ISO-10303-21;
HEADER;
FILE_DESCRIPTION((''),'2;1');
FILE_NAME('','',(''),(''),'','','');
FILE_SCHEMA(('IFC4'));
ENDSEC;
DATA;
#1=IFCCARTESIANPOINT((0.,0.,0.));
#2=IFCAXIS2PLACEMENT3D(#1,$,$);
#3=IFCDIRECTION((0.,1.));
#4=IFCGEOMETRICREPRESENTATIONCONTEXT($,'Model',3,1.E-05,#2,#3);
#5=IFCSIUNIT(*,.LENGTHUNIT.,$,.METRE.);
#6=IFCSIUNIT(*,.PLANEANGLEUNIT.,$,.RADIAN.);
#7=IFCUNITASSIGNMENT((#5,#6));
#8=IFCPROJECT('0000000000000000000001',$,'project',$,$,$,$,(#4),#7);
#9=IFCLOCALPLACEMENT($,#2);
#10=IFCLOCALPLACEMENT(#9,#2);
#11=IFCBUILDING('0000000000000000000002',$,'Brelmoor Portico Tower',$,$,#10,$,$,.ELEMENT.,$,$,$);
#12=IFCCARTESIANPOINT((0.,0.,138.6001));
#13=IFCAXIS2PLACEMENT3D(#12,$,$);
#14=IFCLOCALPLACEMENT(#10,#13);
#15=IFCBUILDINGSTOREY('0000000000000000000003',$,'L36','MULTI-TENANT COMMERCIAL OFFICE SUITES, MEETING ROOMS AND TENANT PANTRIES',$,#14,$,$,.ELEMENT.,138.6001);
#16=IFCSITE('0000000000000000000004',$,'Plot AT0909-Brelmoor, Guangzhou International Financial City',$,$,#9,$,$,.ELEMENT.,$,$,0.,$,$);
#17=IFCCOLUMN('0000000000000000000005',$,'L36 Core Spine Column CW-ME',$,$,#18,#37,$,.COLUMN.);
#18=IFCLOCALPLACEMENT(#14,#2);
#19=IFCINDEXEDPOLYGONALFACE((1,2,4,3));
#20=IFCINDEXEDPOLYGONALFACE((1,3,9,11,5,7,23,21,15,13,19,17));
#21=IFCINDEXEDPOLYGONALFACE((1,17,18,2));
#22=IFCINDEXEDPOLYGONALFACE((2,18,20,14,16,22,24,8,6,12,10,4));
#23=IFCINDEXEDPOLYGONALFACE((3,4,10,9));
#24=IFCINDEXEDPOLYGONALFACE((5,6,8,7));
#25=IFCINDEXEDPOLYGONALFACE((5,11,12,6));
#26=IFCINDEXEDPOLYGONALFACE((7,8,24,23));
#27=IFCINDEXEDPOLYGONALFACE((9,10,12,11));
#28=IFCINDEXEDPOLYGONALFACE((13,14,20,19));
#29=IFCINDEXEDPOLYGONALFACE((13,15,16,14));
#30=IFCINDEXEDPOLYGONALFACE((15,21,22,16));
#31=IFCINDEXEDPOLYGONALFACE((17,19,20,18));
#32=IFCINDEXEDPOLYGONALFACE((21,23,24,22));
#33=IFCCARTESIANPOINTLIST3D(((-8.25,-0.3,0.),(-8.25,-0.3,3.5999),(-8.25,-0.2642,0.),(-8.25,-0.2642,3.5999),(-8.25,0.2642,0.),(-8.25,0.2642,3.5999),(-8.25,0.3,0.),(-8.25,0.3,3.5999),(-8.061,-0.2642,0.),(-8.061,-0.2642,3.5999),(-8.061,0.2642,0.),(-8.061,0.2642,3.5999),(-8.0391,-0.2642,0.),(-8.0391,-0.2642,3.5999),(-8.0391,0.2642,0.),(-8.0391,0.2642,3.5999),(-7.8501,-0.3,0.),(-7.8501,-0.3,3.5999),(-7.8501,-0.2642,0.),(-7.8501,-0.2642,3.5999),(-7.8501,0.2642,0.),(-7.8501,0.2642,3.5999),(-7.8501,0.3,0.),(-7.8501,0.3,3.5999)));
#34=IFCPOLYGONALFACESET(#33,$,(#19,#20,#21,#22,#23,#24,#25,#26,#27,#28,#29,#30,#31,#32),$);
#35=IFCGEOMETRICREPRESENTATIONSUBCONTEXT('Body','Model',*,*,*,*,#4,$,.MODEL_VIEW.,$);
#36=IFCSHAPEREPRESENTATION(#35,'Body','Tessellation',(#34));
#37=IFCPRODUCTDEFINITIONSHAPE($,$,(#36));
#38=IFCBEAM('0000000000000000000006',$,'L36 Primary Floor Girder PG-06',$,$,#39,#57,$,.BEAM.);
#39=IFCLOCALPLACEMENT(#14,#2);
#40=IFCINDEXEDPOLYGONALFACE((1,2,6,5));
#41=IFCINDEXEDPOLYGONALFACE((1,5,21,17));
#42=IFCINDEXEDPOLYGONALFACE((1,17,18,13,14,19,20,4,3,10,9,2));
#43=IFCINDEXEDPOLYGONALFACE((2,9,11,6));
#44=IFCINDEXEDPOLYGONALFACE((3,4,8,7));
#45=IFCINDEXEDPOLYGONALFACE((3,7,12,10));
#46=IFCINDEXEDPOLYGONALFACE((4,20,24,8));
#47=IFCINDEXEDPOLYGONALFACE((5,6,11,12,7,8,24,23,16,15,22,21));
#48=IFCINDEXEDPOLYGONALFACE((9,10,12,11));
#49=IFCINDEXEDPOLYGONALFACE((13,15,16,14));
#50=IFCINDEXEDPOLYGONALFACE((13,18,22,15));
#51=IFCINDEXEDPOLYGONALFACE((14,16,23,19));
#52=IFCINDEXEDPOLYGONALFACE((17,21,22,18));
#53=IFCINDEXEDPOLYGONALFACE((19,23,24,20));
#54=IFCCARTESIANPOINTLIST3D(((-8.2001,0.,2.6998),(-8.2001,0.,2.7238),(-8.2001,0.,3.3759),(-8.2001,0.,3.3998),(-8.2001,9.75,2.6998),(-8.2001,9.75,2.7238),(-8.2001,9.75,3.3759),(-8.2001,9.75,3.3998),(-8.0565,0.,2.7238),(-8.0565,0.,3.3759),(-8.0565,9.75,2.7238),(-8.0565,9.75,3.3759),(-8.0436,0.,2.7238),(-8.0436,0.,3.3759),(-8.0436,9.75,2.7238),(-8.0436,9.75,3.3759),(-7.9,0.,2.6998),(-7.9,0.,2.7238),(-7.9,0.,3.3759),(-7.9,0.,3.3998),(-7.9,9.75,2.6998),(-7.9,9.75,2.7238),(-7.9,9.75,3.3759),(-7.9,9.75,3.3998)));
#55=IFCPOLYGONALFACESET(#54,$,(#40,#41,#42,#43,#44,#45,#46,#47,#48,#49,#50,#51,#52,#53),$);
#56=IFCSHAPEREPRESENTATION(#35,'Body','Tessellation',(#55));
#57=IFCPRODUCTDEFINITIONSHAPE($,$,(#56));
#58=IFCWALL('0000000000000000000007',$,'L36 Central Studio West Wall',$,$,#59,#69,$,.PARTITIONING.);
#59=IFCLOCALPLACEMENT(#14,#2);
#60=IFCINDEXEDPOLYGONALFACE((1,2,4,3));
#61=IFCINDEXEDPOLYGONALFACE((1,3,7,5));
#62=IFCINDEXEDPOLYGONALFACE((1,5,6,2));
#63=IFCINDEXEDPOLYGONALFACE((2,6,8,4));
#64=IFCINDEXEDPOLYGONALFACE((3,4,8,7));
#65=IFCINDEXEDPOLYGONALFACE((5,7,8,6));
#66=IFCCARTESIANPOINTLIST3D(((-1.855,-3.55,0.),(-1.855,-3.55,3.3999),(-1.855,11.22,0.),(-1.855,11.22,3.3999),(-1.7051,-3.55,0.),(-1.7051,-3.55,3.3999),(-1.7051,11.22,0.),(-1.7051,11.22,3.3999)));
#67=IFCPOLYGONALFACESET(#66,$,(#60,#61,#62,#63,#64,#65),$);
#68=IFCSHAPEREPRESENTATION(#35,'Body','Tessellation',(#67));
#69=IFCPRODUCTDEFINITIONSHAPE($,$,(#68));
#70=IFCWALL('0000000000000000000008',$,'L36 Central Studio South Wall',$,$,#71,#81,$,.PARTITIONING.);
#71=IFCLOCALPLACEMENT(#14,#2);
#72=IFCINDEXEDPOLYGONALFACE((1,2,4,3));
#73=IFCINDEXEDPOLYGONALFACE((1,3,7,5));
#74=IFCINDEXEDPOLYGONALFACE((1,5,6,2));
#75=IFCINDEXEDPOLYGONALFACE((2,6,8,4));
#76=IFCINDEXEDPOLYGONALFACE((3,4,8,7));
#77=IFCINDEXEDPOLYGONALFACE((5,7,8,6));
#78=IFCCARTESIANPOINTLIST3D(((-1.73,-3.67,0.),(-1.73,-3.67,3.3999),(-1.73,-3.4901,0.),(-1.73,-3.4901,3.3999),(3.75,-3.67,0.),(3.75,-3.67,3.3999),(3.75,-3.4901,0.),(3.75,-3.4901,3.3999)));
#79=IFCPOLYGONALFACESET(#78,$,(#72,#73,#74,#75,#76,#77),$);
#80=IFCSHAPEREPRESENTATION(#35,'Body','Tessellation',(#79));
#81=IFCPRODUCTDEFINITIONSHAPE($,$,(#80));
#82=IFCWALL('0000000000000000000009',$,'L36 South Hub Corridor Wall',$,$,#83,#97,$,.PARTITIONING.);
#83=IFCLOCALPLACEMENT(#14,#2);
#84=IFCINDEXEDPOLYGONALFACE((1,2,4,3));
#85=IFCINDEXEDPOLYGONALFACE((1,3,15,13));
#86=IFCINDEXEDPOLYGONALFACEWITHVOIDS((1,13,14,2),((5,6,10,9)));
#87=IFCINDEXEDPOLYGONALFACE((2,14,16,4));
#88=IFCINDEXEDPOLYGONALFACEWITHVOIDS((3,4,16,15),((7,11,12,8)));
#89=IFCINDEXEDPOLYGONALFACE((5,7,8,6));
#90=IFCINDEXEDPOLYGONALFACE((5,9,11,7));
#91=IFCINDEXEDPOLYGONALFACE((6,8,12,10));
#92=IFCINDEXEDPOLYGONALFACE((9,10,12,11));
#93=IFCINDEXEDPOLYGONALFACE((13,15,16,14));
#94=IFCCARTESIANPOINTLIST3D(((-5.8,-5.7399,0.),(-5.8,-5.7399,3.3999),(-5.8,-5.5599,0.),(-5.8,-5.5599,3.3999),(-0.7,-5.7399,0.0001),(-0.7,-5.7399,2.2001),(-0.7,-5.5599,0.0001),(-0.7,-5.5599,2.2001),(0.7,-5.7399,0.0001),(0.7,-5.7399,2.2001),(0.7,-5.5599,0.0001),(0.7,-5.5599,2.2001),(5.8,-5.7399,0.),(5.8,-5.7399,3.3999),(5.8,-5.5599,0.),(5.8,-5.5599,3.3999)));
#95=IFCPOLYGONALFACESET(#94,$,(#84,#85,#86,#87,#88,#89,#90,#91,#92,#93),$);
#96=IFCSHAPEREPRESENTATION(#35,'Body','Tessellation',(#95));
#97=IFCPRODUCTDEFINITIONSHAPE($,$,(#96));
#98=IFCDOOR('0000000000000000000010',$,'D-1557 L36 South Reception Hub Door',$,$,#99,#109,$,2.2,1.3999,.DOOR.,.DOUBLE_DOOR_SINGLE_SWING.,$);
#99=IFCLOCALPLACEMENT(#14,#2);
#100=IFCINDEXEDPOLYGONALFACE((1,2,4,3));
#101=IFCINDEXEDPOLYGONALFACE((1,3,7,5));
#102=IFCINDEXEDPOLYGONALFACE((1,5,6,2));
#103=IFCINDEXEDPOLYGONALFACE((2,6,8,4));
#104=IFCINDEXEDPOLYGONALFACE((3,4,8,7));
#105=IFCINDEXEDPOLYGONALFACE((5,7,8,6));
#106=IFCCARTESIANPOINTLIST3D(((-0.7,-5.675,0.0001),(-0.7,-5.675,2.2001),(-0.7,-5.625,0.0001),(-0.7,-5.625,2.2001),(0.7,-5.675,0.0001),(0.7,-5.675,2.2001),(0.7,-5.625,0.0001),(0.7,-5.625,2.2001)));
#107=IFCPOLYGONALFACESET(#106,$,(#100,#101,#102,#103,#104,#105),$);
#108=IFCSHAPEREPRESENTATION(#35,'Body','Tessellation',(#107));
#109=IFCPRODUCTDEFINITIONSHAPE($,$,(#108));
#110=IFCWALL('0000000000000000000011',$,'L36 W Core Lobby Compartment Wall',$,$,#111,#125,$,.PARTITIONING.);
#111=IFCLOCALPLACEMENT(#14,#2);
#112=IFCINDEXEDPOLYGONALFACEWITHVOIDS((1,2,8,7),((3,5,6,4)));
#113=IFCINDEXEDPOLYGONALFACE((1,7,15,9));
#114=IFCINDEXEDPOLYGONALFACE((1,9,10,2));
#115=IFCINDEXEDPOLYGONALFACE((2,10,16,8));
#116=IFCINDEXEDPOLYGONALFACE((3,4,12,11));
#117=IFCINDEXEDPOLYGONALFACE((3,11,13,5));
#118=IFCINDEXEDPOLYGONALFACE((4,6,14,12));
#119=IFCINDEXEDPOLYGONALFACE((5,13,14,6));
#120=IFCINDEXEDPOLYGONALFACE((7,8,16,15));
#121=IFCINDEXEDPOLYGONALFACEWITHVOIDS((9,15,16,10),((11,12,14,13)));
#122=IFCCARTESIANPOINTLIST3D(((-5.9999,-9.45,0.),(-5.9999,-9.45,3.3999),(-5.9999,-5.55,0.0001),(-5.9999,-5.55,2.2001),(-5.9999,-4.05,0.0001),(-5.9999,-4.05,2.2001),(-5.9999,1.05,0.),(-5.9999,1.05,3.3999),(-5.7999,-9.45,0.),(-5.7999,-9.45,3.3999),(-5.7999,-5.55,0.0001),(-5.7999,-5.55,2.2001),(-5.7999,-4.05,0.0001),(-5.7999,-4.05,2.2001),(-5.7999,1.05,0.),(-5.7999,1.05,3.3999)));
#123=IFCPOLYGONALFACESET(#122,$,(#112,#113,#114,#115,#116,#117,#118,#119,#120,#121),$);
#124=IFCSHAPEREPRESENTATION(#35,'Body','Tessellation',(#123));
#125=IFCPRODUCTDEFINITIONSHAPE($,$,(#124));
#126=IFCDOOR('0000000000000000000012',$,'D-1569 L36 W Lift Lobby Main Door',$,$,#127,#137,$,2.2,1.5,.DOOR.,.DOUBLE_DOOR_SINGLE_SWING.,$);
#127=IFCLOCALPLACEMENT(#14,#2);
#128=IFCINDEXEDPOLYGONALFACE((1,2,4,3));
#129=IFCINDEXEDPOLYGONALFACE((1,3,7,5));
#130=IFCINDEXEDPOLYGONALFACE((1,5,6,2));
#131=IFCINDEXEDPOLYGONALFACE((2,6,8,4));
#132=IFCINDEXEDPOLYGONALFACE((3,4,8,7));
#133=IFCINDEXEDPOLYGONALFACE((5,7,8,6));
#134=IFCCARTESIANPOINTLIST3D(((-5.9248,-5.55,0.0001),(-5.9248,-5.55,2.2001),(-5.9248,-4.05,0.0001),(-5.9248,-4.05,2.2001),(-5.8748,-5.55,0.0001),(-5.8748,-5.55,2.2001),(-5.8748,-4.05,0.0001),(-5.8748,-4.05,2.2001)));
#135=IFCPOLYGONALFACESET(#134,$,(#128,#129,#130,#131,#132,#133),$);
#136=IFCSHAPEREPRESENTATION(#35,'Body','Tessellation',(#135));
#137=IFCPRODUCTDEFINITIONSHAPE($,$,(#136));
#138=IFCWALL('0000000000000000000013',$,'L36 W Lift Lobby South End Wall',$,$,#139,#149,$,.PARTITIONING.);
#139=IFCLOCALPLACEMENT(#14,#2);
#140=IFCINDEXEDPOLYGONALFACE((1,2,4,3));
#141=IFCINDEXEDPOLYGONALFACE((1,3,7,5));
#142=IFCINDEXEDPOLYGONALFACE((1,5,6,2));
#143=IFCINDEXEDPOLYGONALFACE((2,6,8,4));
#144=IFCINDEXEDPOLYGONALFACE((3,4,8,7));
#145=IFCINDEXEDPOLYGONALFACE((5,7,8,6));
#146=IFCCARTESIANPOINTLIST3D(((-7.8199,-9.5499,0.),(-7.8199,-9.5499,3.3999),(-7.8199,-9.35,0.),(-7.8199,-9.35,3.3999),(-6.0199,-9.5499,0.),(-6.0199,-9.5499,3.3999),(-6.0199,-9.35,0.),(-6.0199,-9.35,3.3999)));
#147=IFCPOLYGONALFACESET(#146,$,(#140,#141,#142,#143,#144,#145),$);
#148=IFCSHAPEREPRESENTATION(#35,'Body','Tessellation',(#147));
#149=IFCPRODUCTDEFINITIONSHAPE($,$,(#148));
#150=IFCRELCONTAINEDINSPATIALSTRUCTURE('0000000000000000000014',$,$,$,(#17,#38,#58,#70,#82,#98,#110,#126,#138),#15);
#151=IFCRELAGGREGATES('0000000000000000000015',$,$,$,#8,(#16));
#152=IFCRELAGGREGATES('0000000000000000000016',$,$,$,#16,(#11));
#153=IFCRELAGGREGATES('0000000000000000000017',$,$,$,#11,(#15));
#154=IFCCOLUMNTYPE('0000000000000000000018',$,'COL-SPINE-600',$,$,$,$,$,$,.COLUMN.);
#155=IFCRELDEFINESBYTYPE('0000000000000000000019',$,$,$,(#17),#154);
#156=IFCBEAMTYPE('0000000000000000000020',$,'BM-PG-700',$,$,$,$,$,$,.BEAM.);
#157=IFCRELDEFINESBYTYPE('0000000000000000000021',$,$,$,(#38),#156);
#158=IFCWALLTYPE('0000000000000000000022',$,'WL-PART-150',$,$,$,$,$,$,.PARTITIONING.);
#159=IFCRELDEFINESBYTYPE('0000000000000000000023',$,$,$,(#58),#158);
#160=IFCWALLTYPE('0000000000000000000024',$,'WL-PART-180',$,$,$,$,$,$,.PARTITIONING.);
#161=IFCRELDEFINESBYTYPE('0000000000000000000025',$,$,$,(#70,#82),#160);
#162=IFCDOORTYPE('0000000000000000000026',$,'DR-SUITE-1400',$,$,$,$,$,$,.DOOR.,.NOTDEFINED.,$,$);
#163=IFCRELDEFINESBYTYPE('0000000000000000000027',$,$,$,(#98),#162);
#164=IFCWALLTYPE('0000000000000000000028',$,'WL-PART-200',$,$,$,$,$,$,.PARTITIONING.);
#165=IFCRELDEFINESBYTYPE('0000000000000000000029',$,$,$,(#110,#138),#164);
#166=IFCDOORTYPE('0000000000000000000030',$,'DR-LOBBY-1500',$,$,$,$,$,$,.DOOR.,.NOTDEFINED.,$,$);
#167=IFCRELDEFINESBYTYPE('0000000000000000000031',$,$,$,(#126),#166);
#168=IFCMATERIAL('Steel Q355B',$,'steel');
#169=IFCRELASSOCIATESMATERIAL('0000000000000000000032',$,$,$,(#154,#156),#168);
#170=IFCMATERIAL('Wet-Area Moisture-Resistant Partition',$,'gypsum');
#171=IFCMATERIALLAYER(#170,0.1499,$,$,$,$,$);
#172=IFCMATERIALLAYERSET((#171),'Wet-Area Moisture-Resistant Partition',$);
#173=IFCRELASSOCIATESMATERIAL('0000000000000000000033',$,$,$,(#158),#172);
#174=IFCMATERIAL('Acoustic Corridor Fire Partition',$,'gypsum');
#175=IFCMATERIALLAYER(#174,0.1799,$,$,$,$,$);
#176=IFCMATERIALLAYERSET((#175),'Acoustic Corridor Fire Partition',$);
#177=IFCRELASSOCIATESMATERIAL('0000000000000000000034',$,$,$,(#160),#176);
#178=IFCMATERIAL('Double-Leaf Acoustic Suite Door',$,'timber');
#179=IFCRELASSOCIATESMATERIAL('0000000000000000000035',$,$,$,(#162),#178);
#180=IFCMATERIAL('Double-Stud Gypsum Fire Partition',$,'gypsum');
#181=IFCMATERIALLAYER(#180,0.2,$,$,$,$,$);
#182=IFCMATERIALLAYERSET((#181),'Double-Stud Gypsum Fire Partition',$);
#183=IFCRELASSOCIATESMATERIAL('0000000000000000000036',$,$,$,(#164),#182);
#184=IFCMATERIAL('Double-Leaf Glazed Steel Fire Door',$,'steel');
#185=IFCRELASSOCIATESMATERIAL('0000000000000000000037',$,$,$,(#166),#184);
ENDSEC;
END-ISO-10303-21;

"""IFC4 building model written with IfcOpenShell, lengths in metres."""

from ifc_helpers import new_model, si_unit, direction, frame, frame_2d, origin, origin_2d, place, context, subcontext, project, spatial, rectangle, i_section, extrude, material, layer, layer_set, material_profile, profile_set, type_object, element, fill, save


model = new_model("IFC4")

# Units and contexts
model_context = context("Model", 3, precision=1e-05, world=origin(), true_north=direction((0.0, 1.0)))
body_context = subcontext(model_context, "Body", "Model", "MODEL_VIEW")
ifc_project = project(units=[si_unit("LENGTHUNIT", "METRE"), si_unit("PLANEANGLEUNIT", "RADIAN")], contexts=[model_context])

# Site, building, storey
site_placement = place(None, origin())
site = spatial("IfcSite", under=ifc_project, at=site_placement, Name="Plot AT0909-Brelmoor, Guangzhou International Financial City", CompositionType="ELEMENT", RefElevation=0.0)
building_placement = place(site_placement, origin())
building = spatial("IfcBuilding", under=site, at=building_placement, Name="Brelmoor Portico Tower", CompositionType="ELEMENT")
storey_placement = place(building_placement, frame((0.0, 0.0, 138.6001)))
storey = spatial("IfcBuildingStorey", under=building, at=storey_placement, Name="L36", Description="MULTI-TENANT COMMERCIAL OFFICE SUITES, MEETING ROOMS AND TENANT PANTRIES", CompositionType="ELEMENT", Elevation=138.6001)

# Column
ifc_material_1 = material(Name="Steel Q355B", Category="steel")
ifc_material_profile_1 = material_profile(ifc_material_1, i_section(OverallWidth=0.3999, OverallDepth=0.6001, WebThickness=0.022, FlangeThickness=0.0359, at=origin_2d()), Name="HW 600x400x22x36")
ifc_profile_set_1 = profile_set([ifc_material_profile_1], Name="Steel Q355B")
column_type = type_object("IfcColumnType", Name="COL-SPINE-600", PredefinedType="COLUMN", material=ifc_profile_set_1)
column_placement = place(storey_placement, frame((-8.05, 0.0, 0.0), z_axis=(0.0, 0.0, 1.0), x_axis=(1.0, 0.0, 0.0)))
element("IfcColumn", 1, at=column_placement, inside=storey, type_object=column_type, Name="L36 Core Spine Column CW-ME", PredefinedType="COLUMN", context=body_context, shape_type="SweptSolid", body=[
    extrude(i_section(OverallWidth=0.3999, OverallDepth=0.6001, WebThickness=0.022, FlangeThickness=0.0359, at=origin_2d()), origin(), (0.0, 0.0, 1.0), 3.5999),
])

# Beam
ifc_material_profile_2 = material_profile(ifc_material_1, i_section(OverallWidth=0.3, OverallDepth=0.7, WebThickness=0.0129, FlangeThickness=0.0239, at=origin_2d()), Name="HN 700x300x13x24")
ifc_profile_set_2 = profile_set([ifc_material_profile_2], Name="Steel Q355B")
beam_type = type_object("IfcBeamType", Name="BM-PG-700", PredefinedType="BEAM", material=ifc_profile_set_2)
beam_placement = place(storey_placement, frame((-8.05, 0.0, 3.0498), z_axis=(0.0, 1.0, 0.0), x_axis=(-1.0, 0.0, 0.0)))
element("IfcBeam", 2, at=beam_placement, inside=storey, type_object=beam_type, Name="L36 Primary Floor Girder PG-06", PredefinedType="BEAM", context=body_context, shape_type="SweptSolid", body=[
    extrude(i_section(OverallWidth=0.3, OverallDepth=0.7, WebThickness=0.0129, FlangeThickness=0.0239, at=origin_2d()), origin(), (0.0, 0.0, 1.0), 9.75),
])

# Wall
ifc_material_2 = material(Name="Wet-Area Moisture-Resistant Partition", Category="gypsum")
ifc_layer_1 = layer(ifc_material_2, 0.1499)
ifc_layer_set_1 = layer_set([ifc_layer_1], Name="Wet-Area Moisture-Resistant Partition")
wall_type_1 = type_object("IfcWallType", Name="WL-PART-150", PredefinedType="PARTITIONING", material=ifc_layer_set_1)
wall_1_placement = place(storey_placement, frame((-1.78, -3.55, 0.0), z_axis=(0.0, 0.0, 1.0), x_axis=(0.0, 1.0, 0.0)))
element("IfcWall", 3, at=wall_1_placement, inside=storey, type_object=wall_type_1, Name="L36 Central Studio West Wall", PredefinedType="PARTITIONING", context=body_context, shape_type="SweptSolid", body=[
    extrude(rectangle(XDim=14.77, YDim=0.1499, at=frame_2d((7.385, 0.0))), origin(), (0.0, 0.0, 1.0), 3.3999),
])

# Wall
ifc_material_3 = material(Name="Acoustic Corridor Fire Partition", Category="gypsum")
ifc_layer_2 = layer(ifc_material_3, 0.1799)
ifc_layer_set_2 = layer_set([ifc_layer_2], Name="Acoustic Corridor Fire Partition")
wall_type_2 = type_object("IfcWallType", Name="WL-PART-180", PredefinedType="PARTITIONING", material=ifc_layer_set_2)
wall_2_placement = place(storey_placement, frame((-1.73, -3.5801, 0.0), z_axis=(0.0, 0.0, 1.0), x_axis=(1.0, 0.0, 0.0)))
element("IfcWall", 4, at=wall_2_placement, inside=storey, type_object=wall_type_2, Name="L36 Central Studio South Wall", PredefinedType="PARTITIONING", context=body_context, shape_type="SweptSolid", body=[
    extrude(rectangle(XDim=5.48, YDim=0.1799, at=frame_2d((2.74, 0.0))), origin(), (0.0, 0.0, 1.0), 3.3999),
])

# Walls, openings, doors
wall_3_placement = place(storey_placement, frame((-5.8, -5.6499, 0.0), z_axis=(0.0, 0.0, 1.0), x_axis=(1.0, 0.0, 0.0)))
wall_3 = element("IfcWall", 5, at=wall_3_placement, inside=storey, type_object=wall_type_2, Name="L36 South Hub Corridor Wall", PredefinedType="PARTITIONING", context=body_context, shape_type="SweptSolid", body=[
    extrude(rectangle(XDim=11.6001, YDim=0.1799, at=frame_2d((5.8, 0.0))), origin(), (0.0, 0.0, 1.0), 3.3999),
])
opening_1_placement = place(wall_3_placement, frame((5.1001, 0.0, 0.0)))
opening_1 = element("IfcOpeningElement", 6, at=opening_1_placement, cuts=wall_3, PredefinedType="OPENING", context=body_context, shape_type="SweptSolid", body=[
    extrude(rectangle(XDim=1.3999, YDim=2.2, at=frame_2d((0.7, 1.1001))), frame((0.0, 0.0999, 0.0), z_axis=(0.0, -1.0, 0.0), x_axis=(1.0, 0.0, 0.0)), (0.0, 0.0, 1.0), 0.2),
])
ifc_material_4 = material(Name="Double-Leaf Acoustic Suite Door", Category="timber")
door_type_1 = type_object("IfcDoorType", Name="DR-SUITE-1400", OperationType="NOTDEFINED", PredefinedType="DOOR", material=ifc_material_4)
door_1_placement = place(opening_1_placement, origin())
door_1 = element("IfcDoor", 7, at=door_1_placement, inside=storey, type_object=door_type_1, Name="D-1557 L36 South Reception Hub Door", OperationType="DOUBLE_DOOR_SINGLE_SWING", OverallHeight=2.2, OverallWidth=1.3999, PredefinedType="DOOR", context=body_context, shape_type="SweptSolid", body=[
    extrude(rectangle(XDim=1.3999, YDim=2.2, at=frame_2d((0.7, 1.1001))), frame((0.0, 0.0249, 0.0), z_axis=(0.0, -1.0, 0.0), x_axis=(1.0, 0.0, 0.0)), (0.0, 0.0, 1.0), 0.05),
])
fill(opening_1, door_1)
ifc_material_5 = material(Name="Double-Stud Gypsum Fire Partition", Category="gypsum")
ifc_layer_3 = layer(ifc_material_5, 0.2)
ifc_layer_set_3 = layer_set([ifc_layer_3], Name="Double-Stud Gypsum Fire Partition")
wall_type_3 = type_object("IfcWallType", Name="WL-PART-200", PredefinedType="PARTITIONING", material=ifc_layer_set_3)
wall_4_placement = place(storey_placement, frame((-5.8999, -9.45, 0.0), z_axis=(0.0, 0.0, 1.0), x_axis=(0.0, 1.0, 0.0)))
wall_4 = element("IfcWall", 8, at=wall_4_placement, inside=storey, type_object=wall_type_3, Name="L36 W Core Lobby Compartment Wall", PredefinedType="PARTITIONING", context=body_context, shape_type="SweptSolid", body=[
    extrude(rectangle(XDim=10.5, YDim=0.2, at=frame_2d((5.25, 0.0))), origin(), (0.0, 0.0, 1.0), 3.3999),
])
opening_2_placement = place(wall_4_placement, frame((3.8999, 0.0, 0.0)))
opening_2 = element("IfcOpeningElement", 9, at=opening_2_placement, cuts=wall_4, PredefinedType="OPENING", context=body_context, shape_type="SweptSolid", body=[
    extrude(rectangle(XDim=1.5, YDim=2.2, at=frame_2d((0.75, 1.1001))), frame((0.0, 0.1099, 0.0), z_axis=(0.0, -1.0, 0.0), x_axis=(1.0, 0.0, 0.0)), (0.0, 0.0, 1.0), 0.22),
])
ifc_material_6 = material(Name="Double-Leaf Glazed Steel Fire Door", Category="steel")
door_type_2 = type_object("IfcDoorType", Name="DR-LOBBY-1500", OperationType="NOTDEFINED", PredefinedType="DOOR", material=ifc_material_6)
door_2_placement = place(opening_2_placement, origin())
door_2 = element("IfcDoor", 10, at=door_2_placement, inside=storey, type_object=door_type_2, Name="D-1569 L36 W Lift Lobby Main Door", OperationType="DOUBLE_DOOR_SINGLE_SWING", OverallHeight=2.2, OverallWidth=1.5, PredefinedType="DOOR", context=body_context, shape_type="SweptSolid", body=[
    extrude(rectangle(XDim=1.5, YDim=2.2, at=frame_2d((0.75, 1.1001))), frame((0.0, 0.0249, 0.0), z_axis=(0.0, -1.0, 0.0), x_axis=(1.0, 0.0, 0.0)), (0.0, 0.0, 1.0), 0.05),
])
fill(opening_2, door_2)

# Wall
wall_5_placement = place(storey_placement, frame((-6.02, -9.45, 0.0), z_axis=(0.0, 0.0, 1.0), x_axis=(-1.0, 0.0, 0.0)))
element("IfcWall", 11, at=wall_5_placement, inside=storey, type_object=wall_type_3, Name="L36 W Lift Lobby South End Wall", PredefinedType="PARTITIONING", context=body_context, shape_type="SweptSolid", body=[
    extrude(rectangle(XDim=1.8, YDim=0.2, at=frame_2d((0.8999, 0.0))), origin(), (0.0, 0.0, 1.0), 3.3999),
])

save(model, "model.ifc")
